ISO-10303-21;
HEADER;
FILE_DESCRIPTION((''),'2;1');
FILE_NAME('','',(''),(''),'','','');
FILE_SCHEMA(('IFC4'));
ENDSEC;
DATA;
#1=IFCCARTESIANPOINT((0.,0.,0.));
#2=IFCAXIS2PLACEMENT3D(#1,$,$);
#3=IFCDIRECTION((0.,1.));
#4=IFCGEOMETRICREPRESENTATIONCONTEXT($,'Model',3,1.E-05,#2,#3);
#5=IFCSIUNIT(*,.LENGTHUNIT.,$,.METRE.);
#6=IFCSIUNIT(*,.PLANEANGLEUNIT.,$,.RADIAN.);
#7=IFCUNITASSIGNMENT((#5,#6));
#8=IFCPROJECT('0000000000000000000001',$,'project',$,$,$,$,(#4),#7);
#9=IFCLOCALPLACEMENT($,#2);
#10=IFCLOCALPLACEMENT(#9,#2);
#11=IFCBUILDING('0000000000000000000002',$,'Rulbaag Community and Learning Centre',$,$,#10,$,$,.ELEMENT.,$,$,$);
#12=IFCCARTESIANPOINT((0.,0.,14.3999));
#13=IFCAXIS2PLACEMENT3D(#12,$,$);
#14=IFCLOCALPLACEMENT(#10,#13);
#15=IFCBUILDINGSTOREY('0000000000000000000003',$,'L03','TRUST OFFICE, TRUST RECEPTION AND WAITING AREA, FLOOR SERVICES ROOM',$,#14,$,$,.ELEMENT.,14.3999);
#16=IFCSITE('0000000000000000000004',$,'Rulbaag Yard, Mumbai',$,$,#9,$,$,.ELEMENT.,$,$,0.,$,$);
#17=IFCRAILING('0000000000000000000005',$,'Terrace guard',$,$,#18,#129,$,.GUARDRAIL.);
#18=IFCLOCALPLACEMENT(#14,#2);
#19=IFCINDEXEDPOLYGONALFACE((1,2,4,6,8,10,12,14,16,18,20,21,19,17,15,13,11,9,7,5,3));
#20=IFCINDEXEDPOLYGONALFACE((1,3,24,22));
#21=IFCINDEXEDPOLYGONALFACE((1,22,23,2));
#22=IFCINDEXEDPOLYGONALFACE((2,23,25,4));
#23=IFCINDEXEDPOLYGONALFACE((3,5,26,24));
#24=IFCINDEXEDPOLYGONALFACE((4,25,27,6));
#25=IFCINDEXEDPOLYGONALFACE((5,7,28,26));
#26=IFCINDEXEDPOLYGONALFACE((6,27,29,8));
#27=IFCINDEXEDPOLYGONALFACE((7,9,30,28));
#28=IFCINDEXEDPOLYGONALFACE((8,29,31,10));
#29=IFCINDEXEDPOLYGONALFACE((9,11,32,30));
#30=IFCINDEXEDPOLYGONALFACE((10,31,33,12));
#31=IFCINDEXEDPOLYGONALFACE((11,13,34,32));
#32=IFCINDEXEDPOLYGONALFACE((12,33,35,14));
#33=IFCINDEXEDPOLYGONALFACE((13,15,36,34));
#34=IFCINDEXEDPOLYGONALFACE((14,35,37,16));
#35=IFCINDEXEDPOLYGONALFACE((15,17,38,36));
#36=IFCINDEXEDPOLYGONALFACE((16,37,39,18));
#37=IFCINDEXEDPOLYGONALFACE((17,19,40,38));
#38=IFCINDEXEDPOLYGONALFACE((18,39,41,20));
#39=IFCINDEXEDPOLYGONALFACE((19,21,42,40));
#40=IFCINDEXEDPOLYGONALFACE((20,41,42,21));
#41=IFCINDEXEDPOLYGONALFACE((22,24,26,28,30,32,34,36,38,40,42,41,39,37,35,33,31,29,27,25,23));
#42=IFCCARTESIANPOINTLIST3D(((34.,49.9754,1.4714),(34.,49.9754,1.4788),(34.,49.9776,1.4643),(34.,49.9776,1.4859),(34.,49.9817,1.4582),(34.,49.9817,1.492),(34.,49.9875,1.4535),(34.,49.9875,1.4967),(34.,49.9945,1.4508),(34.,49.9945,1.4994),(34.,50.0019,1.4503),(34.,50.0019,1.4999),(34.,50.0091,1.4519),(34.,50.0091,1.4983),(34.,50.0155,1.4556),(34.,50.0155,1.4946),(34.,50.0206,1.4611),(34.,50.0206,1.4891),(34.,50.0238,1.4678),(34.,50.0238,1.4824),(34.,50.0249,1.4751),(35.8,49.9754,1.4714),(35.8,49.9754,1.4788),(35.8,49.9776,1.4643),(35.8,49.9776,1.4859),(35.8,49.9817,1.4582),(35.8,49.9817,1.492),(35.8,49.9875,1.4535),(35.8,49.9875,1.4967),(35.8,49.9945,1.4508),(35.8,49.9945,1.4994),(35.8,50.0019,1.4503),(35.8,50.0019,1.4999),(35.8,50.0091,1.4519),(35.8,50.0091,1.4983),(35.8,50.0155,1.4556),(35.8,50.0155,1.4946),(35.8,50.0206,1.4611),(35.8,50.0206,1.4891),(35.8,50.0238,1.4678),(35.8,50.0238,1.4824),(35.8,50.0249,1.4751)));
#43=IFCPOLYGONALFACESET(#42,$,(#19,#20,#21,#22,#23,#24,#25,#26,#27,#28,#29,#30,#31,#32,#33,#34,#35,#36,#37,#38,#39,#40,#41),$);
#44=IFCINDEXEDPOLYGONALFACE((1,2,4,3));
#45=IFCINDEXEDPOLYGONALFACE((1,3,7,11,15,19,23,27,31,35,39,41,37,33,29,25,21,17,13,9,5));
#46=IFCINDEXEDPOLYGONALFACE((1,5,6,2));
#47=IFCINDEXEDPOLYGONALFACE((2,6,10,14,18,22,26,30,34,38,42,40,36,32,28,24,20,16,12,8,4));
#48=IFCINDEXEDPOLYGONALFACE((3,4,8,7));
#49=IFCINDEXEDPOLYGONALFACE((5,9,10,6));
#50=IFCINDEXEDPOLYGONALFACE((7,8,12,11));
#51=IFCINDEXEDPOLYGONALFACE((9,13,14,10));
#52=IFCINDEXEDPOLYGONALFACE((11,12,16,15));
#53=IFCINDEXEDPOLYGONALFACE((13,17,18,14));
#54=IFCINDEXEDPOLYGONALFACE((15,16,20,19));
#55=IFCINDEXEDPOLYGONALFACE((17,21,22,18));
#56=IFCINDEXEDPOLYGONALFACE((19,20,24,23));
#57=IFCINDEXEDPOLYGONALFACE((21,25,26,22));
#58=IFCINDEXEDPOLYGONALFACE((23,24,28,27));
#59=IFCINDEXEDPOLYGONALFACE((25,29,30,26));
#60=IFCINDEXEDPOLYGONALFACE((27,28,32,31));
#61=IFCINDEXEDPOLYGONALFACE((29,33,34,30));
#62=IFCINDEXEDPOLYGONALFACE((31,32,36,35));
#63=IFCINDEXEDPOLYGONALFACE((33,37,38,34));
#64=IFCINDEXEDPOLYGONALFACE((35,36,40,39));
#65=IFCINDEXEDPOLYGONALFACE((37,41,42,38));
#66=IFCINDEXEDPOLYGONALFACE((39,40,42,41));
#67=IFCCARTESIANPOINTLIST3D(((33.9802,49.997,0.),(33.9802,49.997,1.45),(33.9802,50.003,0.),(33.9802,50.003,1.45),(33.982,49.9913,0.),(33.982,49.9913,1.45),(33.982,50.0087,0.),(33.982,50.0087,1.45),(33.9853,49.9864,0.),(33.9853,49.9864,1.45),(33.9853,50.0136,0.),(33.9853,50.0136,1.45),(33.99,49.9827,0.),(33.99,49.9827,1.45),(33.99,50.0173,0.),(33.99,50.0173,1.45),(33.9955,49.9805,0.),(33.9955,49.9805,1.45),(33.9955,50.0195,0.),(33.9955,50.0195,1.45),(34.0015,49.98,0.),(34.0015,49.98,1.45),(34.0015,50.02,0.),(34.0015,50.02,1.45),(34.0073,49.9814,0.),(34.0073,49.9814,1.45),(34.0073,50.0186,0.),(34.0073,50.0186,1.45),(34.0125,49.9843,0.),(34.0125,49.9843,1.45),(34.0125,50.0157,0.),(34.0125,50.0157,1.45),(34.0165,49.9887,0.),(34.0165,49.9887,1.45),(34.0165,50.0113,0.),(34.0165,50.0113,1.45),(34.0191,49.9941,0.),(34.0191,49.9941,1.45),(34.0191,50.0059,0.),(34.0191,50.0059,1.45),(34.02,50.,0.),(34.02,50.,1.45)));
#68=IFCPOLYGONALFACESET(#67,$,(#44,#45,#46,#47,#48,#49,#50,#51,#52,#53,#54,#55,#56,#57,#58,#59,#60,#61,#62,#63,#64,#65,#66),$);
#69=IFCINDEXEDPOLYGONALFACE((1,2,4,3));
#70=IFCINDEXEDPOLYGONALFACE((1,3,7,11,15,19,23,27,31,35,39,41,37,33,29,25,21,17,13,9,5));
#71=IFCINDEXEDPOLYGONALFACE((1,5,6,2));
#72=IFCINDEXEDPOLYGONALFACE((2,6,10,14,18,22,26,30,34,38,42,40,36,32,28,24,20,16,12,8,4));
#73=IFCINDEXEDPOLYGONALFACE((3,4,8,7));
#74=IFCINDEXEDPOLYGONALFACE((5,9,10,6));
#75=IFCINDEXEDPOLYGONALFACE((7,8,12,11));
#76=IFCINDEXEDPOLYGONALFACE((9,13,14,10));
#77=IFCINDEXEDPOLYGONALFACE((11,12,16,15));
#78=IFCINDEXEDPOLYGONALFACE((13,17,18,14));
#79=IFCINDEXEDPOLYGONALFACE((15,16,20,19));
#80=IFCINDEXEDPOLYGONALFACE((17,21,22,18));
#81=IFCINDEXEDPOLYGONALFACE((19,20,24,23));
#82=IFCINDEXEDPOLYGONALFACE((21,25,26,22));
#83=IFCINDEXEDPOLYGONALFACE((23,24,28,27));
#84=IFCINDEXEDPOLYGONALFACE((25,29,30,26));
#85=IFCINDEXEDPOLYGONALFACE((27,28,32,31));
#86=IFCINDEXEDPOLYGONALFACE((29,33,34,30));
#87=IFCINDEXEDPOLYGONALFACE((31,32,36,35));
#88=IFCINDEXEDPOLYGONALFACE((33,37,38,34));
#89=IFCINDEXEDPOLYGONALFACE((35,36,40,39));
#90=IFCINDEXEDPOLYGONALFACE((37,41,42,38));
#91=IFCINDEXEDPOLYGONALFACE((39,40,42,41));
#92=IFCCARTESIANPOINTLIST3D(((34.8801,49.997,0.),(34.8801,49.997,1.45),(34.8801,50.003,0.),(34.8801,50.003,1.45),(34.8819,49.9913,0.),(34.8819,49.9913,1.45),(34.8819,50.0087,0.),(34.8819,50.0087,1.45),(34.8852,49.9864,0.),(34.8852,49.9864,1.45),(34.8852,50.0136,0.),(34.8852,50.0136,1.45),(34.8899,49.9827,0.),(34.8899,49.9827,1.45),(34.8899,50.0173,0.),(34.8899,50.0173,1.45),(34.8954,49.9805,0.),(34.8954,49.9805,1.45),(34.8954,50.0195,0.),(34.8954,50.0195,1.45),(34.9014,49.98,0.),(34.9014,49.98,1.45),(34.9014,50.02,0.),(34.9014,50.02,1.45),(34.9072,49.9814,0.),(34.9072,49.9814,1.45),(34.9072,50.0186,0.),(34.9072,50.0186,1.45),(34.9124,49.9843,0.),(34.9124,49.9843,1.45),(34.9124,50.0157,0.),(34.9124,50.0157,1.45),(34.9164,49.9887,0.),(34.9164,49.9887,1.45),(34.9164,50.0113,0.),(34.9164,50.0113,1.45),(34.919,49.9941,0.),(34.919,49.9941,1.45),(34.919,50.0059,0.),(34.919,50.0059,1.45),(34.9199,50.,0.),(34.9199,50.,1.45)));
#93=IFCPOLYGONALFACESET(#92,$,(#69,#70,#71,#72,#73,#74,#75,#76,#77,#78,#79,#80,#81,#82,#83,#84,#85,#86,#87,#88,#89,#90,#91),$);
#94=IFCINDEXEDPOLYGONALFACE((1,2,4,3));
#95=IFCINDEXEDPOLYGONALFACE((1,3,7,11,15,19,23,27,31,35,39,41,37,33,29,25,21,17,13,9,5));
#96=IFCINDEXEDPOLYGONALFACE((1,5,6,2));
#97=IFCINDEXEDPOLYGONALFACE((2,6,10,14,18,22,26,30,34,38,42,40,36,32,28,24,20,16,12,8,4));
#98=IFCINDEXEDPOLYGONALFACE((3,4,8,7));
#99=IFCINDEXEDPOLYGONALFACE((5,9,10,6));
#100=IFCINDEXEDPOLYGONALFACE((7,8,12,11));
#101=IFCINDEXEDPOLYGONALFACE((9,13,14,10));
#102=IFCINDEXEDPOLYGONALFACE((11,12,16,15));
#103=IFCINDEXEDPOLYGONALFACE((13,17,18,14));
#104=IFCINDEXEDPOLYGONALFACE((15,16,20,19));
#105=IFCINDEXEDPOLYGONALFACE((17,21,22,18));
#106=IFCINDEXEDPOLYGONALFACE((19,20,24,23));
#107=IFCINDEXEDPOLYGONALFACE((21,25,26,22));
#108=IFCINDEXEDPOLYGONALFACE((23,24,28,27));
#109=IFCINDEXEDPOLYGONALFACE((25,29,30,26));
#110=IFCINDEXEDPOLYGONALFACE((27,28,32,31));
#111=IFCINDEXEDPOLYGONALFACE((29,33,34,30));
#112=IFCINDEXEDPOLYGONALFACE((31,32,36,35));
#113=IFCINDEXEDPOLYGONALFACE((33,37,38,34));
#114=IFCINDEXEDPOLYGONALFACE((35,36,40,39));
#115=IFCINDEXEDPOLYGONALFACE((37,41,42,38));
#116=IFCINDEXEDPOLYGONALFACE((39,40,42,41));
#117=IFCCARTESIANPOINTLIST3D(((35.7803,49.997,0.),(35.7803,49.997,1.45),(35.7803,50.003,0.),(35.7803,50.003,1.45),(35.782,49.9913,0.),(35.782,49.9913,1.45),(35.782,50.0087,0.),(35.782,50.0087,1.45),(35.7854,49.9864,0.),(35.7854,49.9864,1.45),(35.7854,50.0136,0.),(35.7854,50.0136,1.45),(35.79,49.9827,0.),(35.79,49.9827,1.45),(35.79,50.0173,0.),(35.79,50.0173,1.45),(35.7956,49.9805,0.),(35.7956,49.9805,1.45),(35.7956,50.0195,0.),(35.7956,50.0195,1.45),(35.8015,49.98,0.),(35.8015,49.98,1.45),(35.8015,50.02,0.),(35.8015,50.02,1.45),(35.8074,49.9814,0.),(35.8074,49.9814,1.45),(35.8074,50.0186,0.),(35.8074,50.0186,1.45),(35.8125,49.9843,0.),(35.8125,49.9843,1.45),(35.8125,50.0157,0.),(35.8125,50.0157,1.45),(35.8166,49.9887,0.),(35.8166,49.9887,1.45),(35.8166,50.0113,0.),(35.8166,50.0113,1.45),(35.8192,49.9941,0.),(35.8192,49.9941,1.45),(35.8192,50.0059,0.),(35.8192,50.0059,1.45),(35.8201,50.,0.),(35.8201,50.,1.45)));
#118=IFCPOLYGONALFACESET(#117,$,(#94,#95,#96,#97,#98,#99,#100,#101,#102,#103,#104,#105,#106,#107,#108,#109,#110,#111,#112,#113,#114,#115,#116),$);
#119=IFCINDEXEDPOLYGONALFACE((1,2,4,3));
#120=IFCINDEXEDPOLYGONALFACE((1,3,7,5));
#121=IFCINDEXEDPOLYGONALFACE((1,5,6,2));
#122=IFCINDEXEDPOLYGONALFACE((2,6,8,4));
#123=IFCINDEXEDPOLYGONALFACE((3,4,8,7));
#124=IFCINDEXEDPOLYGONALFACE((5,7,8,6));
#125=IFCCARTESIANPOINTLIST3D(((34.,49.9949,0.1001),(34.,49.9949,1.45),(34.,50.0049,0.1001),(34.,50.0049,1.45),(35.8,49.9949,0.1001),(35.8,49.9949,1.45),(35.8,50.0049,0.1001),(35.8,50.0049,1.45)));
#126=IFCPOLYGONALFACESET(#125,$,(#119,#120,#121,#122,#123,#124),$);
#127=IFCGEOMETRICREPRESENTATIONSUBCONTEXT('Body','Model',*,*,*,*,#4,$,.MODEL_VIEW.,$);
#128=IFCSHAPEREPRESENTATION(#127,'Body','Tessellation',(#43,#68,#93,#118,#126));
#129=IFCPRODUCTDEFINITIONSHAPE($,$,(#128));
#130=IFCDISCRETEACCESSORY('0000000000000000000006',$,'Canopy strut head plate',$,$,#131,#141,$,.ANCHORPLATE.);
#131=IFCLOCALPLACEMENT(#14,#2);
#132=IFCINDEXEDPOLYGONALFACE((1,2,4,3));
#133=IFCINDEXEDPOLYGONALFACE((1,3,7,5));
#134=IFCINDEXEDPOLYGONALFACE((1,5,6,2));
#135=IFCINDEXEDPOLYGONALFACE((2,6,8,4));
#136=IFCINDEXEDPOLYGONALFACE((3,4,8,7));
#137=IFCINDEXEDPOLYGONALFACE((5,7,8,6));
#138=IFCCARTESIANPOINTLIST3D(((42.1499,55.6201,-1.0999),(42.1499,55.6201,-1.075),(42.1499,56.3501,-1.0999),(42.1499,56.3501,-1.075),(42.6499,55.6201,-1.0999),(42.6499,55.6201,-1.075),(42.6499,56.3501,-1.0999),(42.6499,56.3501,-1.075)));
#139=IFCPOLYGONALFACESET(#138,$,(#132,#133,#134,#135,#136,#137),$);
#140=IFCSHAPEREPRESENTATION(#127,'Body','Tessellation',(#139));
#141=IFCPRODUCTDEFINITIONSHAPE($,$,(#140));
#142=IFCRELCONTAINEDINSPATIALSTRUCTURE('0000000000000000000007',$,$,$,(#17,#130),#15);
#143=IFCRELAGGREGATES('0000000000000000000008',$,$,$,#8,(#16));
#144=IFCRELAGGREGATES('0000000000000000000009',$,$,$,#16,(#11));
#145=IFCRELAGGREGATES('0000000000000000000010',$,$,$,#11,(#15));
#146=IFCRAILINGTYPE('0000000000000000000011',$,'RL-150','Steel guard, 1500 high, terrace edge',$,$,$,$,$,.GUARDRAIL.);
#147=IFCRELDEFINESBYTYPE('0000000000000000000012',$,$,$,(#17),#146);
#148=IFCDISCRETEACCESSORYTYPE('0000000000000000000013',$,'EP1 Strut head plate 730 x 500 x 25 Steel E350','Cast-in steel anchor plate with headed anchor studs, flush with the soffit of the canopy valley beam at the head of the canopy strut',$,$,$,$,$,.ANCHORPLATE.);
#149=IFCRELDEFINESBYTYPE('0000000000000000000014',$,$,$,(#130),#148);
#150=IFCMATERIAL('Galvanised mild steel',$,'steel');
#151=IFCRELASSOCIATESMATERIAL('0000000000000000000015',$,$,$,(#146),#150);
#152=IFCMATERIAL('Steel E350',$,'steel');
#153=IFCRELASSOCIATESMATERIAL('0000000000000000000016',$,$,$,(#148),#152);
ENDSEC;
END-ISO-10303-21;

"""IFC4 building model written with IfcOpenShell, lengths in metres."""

from ifc_helpers import new_model, si_unit, direction, frame, origin, origin_2d, place, context, subcontext, project, spatial, polyline, rectangle, circle, outline, extrude, material, type_object, element, save


model = new_model("IFC4")

# Units and contexts
model_context = context("Model", 3, precision=1e-05, world=origin(), true_north=direction((0.0, 1.0)))
body_context = subcontext(model_context, "Body", "Model", "MODEL_VIEW")
ifc_project = project(units=[si_unit("LENGTHUNIT", "METRE"), si_unit("PLANEANGLEUNIT", "RADIAN")], contexts=[model_context])

# Site, building, storey
site_placement = place(None, origin())
site = spatial("IfcSite", under=ifc_project, at=site_placement, Name="Rulbaag Yard, Mumbai", CompositionType="ELEMENT", RefElevation=0.0)
building_placement = place(site_placement, origin())
building = spatial("IfcBuilding", under=site, at=building_placement, Name="Rulbaag Community and Learning Centre", CompositionType="ELEMENT")
storey_placement = place(building_placement, frame((0.0, 0.0, 14.3999)))
storey = spatial("IfcBuildingStorey", under=building, at=storey_placement, Name="L03", Description="TRUST OFFICE, TRUST RECEPTION AND WAITING AREA, FLOOR SERVICES ROOM", CompositionType="ELEMENT", Elevation=14.3999)

# Railing
ifc_material_1 = material(Name="Galvanised mild steel", Category="steel")
railing_type = type_object("IfcRailingType", Name="RL-150", Description="Steel guard, 1500 high, terrace edge", PredefinedType="GUARDRAIL", material=ifc_material_1)
railing_1_placement = place(storey_placement, frame((34.0, 50.0, 0.0)))
element("IfcRailing", 1, at=railing_1_placement, inside=storey, type_object=railing_type, Name="Terrace guard", PredefinedType="GUARDRAIL", context=body_context, shape_type="SweptSolid", body=[
    extrude(circle(Radius=0.0249, at=origin_2d()), frame((0.0, 0.0, 1.4751), z_axis=(1.0, 0.0, 0.0), x_axis=(0.0, 1.0, 0.0)), (0.0, 0.0, 1.0), 1.8),
    extrude(circle(Radius=0.02, at=origin_2d()), origin(), (0.0, 0.0, 1.0), 1.45),
    extrude(circle(Radius=0.02, at=origin_2d()), frame((0.8999, 0.0, 0.0)), (0.0, 0.0, 1.0), 1.45),
    extrude(circle(Radius=0.02, at=origin_2d()), frame((1.8, 0.0, 0.0)), (0.0, 0.0, 1.0), 1.45),
    extrude(outline(polyline([(0.0, 0.0), (1.8, 0.0), (1.8, 1.3499), (0.0, 1.3499), (0.0, 0.0)])), frame((0.0, 0.0049, 0.1001), z_axis=(0.0, -1.0, 0.0), x_axis=(1.0, 0.0, 0.0)), (0.0, 0.0, 1.0), 0.01),
])

# Discrete accessory
ifc_material_2 = material(Name="Steel E350", Category="steel")
discrete_accessory_type = type_object("IfcDiscreteAccessoryType", Name="EP1 Strut head plate 730 x 500 x 25 Steel E350", Description="Cast-in steel anchor plate with headed anchor studs, flush with the soffit of the canopy valley beam at the head of the canopy strut", PredefinedType="ANCHORPLATE", material=ifc_material_2)
discrete_accessory_placement = place(storey_placement, frame((42.3999, 55.9851, -1.0999), z_axis=(0.0, 0.0, 1.0), x_axis=(1.0, 0.0, 0.0)))
element("IfcDiscreteAccessory", 2, at=discrete_accessory_placement, inside=storey, type_object=discrete_accessory_type, Name="Canopy strut head plate", PredefinedType="ANCHORPLATE", context=body_context, shape_type="SweptSolid", body=[
    extrude(rectangle(XDim=0.5, YDim=0.73, at=origin_2d()), origin(), (0.0, 0.0, 1.0), 0.0249),
])

save(model, "model.ifc")
